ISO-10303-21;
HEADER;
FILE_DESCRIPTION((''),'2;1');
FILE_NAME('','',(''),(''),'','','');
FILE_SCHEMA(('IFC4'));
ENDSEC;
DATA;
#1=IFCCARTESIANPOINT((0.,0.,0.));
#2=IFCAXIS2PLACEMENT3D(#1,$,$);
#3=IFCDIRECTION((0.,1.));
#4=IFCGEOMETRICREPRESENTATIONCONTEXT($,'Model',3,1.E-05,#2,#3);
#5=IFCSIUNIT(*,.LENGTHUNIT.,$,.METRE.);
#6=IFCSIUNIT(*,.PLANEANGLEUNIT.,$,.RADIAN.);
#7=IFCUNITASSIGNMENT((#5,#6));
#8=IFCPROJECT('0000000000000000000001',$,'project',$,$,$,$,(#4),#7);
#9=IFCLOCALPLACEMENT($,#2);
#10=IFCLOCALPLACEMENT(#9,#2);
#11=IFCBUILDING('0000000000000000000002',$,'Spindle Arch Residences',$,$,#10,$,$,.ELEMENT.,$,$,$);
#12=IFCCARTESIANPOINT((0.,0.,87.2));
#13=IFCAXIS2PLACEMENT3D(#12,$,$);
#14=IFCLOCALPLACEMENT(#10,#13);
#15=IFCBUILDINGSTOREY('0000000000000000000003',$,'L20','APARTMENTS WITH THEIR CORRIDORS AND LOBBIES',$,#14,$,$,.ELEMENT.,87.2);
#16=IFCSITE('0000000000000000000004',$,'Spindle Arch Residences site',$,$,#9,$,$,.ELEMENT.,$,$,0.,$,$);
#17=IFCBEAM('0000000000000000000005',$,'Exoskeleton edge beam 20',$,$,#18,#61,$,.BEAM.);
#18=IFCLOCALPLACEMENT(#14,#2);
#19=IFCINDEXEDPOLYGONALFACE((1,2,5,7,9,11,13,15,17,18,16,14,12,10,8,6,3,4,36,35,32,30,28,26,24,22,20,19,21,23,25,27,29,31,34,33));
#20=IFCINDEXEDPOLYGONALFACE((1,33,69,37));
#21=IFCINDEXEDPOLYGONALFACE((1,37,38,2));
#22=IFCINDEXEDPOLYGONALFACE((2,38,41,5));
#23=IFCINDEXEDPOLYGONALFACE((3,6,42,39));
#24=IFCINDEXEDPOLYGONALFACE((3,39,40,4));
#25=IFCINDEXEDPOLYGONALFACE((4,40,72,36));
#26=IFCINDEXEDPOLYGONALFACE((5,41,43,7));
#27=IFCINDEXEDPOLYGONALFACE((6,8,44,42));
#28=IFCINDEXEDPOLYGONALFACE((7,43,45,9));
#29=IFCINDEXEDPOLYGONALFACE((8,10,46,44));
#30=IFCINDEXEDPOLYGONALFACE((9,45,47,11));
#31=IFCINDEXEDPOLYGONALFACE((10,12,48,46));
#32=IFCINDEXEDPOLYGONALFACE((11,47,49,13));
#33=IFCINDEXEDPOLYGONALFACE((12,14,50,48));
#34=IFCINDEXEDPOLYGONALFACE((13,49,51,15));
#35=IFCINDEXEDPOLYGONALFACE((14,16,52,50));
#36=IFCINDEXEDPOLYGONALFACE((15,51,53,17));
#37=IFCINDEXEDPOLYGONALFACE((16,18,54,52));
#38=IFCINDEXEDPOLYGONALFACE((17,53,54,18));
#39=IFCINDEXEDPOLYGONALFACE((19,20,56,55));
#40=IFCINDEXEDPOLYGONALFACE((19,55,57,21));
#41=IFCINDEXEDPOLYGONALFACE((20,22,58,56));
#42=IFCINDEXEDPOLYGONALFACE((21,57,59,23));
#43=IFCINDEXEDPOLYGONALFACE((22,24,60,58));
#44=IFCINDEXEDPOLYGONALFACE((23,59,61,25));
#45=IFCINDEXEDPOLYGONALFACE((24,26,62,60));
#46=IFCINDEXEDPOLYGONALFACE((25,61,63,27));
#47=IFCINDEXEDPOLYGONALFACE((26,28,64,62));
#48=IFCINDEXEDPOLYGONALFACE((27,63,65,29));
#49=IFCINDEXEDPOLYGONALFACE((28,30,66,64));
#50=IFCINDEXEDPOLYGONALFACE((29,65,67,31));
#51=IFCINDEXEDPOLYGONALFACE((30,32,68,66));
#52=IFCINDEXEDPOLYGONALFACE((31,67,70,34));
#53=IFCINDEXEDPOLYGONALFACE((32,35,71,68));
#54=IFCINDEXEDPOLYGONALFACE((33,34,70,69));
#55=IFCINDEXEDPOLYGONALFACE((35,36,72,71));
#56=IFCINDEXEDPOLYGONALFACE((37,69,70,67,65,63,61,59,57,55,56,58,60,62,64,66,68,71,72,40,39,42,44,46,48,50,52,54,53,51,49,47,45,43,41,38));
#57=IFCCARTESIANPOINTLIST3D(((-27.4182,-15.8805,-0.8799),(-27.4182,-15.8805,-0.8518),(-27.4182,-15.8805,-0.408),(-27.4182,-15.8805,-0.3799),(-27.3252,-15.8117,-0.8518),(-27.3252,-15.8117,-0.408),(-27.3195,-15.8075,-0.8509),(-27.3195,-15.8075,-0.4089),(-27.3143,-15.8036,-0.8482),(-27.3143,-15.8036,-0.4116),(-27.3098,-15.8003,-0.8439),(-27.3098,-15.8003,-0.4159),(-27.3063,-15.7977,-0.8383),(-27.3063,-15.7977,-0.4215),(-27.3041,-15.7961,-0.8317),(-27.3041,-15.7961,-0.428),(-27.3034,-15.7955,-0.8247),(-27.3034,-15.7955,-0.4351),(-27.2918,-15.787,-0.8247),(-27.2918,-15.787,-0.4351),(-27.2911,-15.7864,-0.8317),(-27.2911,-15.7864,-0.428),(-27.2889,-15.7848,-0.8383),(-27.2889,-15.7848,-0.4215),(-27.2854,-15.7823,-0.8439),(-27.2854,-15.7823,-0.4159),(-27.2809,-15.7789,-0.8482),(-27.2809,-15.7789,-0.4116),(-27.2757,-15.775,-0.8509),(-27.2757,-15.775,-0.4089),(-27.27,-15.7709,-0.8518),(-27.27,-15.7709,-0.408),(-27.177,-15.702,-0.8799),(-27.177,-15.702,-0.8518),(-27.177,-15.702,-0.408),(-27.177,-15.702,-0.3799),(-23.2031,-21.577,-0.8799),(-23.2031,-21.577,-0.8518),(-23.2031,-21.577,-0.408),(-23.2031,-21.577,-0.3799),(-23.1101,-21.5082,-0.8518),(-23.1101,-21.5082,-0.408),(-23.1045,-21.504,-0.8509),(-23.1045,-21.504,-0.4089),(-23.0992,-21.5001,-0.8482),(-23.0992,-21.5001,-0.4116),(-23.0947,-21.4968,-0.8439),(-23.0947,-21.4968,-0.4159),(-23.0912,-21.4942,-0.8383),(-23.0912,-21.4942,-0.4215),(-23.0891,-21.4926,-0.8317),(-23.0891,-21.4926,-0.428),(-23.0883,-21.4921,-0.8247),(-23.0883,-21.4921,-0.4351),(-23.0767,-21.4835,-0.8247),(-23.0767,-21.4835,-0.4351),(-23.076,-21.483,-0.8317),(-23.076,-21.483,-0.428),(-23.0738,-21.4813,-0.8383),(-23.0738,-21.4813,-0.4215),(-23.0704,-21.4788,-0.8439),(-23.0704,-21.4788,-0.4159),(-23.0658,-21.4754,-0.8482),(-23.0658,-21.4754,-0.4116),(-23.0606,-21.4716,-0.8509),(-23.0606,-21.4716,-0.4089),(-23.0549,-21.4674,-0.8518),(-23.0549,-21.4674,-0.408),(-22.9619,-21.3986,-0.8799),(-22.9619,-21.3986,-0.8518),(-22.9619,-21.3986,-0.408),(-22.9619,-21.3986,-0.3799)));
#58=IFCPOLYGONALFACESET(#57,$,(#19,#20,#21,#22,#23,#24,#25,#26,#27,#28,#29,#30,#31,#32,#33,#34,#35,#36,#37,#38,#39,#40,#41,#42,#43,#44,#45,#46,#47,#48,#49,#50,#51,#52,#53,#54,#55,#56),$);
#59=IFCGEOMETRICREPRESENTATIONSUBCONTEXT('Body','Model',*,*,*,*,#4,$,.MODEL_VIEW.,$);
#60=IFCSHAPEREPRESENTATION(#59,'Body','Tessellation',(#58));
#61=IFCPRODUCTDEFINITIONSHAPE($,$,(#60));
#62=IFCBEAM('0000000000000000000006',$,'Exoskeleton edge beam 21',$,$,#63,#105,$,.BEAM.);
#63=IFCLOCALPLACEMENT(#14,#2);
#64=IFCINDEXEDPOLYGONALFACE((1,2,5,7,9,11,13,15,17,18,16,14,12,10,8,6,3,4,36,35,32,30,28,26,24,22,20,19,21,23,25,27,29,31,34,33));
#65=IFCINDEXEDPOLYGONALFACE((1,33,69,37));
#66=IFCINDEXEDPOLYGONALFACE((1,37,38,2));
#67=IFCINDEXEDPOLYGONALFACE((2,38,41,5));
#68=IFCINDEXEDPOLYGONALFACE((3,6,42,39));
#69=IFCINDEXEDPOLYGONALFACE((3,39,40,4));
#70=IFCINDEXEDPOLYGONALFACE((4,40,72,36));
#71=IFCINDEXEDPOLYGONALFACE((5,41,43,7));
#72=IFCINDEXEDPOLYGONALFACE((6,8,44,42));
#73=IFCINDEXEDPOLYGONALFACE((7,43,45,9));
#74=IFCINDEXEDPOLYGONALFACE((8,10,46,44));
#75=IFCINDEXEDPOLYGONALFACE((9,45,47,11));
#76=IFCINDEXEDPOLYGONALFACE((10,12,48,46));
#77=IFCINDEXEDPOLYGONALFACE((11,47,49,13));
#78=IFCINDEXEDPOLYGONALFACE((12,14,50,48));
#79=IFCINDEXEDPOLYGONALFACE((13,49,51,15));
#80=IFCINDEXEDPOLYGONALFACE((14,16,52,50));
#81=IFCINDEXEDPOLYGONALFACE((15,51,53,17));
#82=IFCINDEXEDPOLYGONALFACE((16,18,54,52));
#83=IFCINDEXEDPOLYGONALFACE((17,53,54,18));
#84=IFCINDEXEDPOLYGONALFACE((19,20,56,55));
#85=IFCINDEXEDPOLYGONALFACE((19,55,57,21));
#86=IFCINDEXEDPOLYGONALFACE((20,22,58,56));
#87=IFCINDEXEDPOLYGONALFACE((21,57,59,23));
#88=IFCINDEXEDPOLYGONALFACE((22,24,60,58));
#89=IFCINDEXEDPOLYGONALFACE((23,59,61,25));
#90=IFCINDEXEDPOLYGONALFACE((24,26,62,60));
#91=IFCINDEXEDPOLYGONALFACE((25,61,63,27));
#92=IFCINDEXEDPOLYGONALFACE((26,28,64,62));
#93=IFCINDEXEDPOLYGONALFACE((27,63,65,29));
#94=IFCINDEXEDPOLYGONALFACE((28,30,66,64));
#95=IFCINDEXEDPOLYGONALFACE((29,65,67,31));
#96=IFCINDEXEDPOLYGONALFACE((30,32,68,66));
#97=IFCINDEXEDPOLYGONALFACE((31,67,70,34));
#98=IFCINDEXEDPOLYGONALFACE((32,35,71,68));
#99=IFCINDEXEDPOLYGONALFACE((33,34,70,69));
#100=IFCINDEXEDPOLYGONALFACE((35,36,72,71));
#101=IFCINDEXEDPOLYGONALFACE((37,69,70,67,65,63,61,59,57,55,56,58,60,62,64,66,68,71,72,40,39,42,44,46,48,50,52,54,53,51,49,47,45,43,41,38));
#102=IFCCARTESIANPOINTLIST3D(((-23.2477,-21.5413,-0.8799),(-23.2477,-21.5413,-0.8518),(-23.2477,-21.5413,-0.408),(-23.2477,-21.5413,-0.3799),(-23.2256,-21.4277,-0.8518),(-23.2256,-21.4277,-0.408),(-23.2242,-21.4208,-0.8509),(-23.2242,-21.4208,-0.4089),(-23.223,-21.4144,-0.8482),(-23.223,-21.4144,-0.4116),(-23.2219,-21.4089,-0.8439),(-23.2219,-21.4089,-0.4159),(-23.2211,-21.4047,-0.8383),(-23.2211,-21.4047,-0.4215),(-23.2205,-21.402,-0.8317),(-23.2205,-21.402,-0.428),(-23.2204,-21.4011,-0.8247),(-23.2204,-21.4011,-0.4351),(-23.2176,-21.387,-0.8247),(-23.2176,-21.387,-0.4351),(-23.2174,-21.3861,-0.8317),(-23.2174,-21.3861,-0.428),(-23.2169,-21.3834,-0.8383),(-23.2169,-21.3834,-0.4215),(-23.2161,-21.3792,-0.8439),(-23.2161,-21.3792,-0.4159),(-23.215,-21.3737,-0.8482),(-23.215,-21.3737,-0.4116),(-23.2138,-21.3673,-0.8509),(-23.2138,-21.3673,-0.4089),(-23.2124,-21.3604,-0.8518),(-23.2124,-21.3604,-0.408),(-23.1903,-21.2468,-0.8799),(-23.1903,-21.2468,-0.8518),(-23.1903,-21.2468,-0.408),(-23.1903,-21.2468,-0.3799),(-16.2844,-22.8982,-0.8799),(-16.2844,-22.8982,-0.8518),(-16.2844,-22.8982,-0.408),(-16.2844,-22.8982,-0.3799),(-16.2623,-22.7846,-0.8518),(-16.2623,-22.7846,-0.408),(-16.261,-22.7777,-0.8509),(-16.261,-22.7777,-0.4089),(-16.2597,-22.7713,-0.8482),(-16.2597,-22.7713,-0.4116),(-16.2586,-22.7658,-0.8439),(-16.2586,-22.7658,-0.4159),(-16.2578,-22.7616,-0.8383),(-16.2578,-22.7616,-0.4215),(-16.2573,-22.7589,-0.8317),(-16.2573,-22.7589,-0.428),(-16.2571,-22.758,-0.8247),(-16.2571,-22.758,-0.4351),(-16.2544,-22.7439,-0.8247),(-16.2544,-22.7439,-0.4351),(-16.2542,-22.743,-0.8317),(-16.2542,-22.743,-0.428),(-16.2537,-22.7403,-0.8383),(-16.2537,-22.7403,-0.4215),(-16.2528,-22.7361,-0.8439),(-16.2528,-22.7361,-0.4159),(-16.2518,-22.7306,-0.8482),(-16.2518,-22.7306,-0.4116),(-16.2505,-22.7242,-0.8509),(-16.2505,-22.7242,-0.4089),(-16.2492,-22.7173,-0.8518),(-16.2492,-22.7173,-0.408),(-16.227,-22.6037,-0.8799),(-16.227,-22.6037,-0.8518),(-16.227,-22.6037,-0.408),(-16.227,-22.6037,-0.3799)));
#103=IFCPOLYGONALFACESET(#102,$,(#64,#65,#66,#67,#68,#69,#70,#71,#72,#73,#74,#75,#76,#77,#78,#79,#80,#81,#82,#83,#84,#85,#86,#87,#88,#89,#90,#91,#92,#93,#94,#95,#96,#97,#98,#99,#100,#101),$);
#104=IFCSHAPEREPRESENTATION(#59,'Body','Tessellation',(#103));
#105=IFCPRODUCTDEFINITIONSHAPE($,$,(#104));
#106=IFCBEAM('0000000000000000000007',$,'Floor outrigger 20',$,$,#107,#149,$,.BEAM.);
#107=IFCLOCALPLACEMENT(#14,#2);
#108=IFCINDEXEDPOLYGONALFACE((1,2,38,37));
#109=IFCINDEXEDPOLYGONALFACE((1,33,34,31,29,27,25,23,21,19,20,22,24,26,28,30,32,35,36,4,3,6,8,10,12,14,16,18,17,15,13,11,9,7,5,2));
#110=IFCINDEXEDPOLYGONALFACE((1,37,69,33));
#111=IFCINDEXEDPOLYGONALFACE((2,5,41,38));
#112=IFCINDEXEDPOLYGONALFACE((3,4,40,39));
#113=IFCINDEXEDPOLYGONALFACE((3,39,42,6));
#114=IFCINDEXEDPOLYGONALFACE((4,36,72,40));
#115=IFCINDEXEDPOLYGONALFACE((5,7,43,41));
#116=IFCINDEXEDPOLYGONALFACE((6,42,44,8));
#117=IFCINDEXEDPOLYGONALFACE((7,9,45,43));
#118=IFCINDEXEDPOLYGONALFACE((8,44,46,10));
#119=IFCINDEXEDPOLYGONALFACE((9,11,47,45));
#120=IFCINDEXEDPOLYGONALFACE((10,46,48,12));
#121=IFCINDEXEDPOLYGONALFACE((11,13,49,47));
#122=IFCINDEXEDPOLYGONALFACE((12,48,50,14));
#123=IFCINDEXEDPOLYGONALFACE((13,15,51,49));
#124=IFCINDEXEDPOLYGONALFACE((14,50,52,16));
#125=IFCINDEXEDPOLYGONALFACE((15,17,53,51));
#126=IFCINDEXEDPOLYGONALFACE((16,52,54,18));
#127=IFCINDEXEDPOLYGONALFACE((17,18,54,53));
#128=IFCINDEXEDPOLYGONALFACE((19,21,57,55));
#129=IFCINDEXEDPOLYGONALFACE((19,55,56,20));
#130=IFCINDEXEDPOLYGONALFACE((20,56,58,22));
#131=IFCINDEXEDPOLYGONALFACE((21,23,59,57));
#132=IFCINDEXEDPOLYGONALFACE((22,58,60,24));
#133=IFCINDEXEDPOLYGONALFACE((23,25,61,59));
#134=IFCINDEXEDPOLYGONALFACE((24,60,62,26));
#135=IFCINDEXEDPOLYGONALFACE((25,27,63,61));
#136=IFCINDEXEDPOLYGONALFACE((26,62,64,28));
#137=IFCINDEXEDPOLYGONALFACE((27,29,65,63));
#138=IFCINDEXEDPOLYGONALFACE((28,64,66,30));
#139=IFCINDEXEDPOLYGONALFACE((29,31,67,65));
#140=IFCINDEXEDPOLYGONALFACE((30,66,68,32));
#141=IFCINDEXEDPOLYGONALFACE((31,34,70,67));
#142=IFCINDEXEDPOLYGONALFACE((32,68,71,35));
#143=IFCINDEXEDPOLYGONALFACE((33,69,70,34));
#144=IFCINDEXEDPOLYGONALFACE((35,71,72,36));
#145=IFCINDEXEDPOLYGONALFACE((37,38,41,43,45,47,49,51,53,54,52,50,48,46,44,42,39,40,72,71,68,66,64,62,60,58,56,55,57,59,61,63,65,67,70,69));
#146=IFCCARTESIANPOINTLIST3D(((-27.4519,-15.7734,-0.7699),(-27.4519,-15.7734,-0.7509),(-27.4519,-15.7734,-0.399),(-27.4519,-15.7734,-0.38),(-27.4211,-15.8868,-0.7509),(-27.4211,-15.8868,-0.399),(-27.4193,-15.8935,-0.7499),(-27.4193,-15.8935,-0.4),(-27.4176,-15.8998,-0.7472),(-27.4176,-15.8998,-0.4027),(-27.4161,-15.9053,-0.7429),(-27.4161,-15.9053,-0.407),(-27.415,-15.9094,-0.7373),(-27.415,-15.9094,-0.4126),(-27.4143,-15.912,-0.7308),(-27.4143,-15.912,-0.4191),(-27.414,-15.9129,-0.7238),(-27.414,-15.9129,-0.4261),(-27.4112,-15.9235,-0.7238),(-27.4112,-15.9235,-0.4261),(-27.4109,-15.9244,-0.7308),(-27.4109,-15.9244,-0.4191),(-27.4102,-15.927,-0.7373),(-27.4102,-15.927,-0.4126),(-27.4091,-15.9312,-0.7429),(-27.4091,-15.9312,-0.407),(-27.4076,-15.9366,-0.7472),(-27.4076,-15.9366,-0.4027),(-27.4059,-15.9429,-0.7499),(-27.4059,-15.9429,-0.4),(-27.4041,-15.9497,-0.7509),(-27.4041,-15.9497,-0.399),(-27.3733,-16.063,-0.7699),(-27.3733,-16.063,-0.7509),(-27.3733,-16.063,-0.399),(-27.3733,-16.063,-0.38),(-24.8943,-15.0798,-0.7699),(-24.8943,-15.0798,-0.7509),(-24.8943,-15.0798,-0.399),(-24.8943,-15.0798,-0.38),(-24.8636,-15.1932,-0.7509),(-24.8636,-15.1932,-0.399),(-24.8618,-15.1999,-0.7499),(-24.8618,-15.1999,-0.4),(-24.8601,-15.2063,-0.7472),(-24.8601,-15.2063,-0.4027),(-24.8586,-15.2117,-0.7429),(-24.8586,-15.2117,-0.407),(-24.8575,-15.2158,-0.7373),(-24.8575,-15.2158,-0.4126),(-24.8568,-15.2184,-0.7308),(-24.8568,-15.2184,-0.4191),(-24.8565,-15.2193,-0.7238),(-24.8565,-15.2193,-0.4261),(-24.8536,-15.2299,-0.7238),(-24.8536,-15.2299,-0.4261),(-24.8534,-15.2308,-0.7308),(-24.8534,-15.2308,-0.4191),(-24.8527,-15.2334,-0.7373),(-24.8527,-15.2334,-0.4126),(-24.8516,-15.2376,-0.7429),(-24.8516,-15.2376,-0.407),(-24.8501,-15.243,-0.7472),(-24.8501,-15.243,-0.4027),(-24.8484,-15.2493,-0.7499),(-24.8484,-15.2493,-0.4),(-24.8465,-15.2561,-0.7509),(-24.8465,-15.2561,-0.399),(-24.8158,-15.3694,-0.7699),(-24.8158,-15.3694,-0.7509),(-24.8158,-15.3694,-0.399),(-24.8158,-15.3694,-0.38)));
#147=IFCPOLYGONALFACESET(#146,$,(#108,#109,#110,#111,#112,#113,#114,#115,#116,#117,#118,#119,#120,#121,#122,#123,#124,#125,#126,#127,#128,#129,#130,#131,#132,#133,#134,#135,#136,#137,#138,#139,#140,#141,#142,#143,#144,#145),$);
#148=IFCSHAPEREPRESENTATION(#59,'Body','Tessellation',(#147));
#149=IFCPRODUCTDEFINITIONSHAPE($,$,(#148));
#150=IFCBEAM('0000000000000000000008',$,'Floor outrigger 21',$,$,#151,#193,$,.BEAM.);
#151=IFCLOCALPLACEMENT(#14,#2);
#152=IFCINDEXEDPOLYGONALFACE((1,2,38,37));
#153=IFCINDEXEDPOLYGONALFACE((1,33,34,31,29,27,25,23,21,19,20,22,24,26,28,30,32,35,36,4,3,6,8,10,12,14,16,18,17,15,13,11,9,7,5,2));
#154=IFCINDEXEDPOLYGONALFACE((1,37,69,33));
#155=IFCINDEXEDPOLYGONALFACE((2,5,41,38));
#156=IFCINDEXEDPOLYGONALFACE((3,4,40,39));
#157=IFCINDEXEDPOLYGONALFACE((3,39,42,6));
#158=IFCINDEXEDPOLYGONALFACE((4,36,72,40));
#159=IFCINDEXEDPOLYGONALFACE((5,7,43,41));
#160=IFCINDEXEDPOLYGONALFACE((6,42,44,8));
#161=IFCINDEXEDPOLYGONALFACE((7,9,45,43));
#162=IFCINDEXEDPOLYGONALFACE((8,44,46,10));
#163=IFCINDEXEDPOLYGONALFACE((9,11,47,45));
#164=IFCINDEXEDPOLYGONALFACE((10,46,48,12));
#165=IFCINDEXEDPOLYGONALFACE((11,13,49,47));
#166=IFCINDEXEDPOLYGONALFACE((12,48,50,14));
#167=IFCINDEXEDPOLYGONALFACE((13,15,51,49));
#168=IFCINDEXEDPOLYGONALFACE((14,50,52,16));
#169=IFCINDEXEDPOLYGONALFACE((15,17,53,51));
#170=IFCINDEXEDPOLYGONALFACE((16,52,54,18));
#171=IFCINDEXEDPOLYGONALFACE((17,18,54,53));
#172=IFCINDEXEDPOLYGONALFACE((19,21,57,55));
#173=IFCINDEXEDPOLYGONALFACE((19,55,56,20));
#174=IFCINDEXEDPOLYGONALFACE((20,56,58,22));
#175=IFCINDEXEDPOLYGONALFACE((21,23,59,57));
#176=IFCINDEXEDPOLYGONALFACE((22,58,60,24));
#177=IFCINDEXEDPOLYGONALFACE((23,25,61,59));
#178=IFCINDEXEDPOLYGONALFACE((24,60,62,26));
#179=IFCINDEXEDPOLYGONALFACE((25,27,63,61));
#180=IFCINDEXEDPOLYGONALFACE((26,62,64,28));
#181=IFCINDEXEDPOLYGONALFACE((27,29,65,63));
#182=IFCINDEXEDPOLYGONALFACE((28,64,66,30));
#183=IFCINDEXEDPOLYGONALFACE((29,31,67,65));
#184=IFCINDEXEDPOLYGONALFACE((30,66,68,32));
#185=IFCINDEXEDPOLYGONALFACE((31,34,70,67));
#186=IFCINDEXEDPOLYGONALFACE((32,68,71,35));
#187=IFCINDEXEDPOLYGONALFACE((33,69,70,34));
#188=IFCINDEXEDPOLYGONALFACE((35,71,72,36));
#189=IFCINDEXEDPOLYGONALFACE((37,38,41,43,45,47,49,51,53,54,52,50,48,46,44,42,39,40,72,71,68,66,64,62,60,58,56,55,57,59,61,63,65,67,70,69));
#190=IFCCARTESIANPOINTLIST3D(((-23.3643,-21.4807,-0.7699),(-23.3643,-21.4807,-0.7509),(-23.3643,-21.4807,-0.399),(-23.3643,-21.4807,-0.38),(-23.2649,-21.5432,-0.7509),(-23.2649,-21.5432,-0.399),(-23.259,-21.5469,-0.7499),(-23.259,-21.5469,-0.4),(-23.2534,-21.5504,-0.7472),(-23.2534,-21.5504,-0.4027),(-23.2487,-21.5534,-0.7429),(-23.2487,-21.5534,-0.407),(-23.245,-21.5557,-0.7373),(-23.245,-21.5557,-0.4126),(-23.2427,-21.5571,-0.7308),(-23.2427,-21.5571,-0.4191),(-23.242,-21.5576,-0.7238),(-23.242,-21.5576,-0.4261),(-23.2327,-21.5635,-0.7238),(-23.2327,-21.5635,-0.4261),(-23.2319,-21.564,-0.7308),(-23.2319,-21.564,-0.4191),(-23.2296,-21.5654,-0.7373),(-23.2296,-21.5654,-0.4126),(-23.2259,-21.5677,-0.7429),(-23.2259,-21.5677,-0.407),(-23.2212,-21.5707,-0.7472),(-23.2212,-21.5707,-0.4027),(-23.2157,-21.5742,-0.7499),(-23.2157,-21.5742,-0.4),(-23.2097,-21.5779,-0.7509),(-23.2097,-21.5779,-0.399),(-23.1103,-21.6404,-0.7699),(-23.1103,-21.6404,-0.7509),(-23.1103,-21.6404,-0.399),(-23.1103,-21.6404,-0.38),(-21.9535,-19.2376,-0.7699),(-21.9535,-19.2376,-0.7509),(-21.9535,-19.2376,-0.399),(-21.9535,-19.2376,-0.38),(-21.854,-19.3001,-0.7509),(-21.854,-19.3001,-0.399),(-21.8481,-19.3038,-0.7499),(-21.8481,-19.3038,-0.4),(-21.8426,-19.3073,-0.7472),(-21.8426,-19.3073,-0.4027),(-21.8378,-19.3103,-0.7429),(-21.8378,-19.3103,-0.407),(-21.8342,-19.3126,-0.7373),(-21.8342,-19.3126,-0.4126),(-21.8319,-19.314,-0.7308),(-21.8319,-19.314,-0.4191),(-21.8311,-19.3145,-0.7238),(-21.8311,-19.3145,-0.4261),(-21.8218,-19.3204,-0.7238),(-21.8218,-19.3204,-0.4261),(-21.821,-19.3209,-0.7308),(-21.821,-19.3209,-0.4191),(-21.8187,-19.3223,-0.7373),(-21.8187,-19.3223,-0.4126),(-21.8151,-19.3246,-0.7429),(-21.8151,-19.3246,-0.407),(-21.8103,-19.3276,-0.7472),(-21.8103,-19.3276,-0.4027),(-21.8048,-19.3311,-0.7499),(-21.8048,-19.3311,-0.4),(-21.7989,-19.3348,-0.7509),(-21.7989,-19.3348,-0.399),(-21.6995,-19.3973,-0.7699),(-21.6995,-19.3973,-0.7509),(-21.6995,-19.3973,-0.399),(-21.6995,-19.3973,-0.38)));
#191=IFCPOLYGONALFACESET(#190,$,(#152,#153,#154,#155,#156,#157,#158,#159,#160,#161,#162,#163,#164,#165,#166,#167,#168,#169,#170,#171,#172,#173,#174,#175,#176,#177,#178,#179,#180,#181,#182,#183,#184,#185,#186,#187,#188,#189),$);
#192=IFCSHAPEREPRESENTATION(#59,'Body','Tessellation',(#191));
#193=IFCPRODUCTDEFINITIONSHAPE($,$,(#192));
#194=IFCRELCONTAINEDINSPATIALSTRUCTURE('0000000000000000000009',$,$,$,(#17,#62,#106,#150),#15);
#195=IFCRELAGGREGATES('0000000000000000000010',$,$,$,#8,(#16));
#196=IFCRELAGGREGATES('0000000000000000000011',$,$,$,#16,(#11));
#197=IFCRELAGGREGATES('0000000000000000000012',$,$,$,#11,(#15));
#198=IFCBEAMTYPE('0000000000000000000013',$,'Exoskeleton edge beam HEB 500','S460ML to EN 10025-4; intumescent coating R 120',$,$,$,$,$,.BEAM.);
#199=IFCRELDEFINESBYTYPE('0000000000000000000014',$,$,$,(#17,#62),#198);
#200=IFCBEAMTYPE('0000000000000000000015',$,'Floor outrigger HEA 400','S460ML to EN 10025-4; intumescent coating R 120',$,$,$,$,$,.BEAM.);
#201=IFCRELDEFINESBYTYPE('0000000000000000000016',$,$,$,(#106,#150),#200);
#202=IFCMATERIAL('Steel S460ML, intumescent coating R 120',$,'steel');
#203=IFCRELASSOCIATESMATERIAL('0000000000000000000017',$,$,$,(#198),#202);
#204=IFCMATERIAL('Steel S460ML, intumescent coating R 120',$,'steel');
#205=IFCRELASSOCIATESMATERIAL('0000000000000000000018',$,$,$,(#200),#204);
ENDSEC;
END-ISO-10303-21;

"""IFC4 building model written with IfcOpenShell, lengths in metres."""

from ifc_helpers import new_model, si_unit, direction, frame, origin, origin_2d, place, context, subcontext, project, spatial, i_section, extrude, material, material_profile, profile_set, type_object, element, save


model = new_model("IFC4")

# Units and contexts
model_context = context("Model", 3, precision=1e-05, world=origin(), true_north=direction((0.0, 1.0)))
body_context = subcontext(model_context, "Body", "Model", "MODEL_VIEW")
ifc_project = project(units=[si_unit("LENGTHUNIT", "METRE"), si_unit("PLANEANGLEUNIT", "RADIAN")], contexts=[model_context])

# Site, building, storey
site_placement = place(None, origin())
site = spatial("IfcSite", under=ifc_project, at=site_placement, Name="Spindle Arch Residences site", CompositionType="ELEMENT", RefElevation=0.0)
building_placement = place(site_placement, origin())
building = spatial("IfcBuilding", under=site, at=building_placement, Name="Spindle Arch Residences", CompositionType="ELEMENT")
storey_placement = place(building_placement, frame((0.0, 0.0, 87.2)))
storey = spatial("IfcBuildingStorey", under=building, at=storey_placement, Name="L20", Description="APARTMENTS WITH THEIR CORRIDORS AND LOBBIES", CompositionType="ELEMENT", Elevation=87.2)

# Beams
ifc_material_1 = material(Name="Steel S460ML, intumescent coating R 120", Category="steel")
ifc_material_profile_1 = material_profile(ifc_material_1, i_section(OverallWidth=0.3, OverallDepth=0.5, WebThickness=0.0144, FlangeThickness=0.0281, FilletRadius=0.0271, at=origin_2d()), Name="HEB 500")
ifc_profile_set_1 = profile_set([ifc_material_profile_1], Name="Steel S460ML, intumescent coating R 120")
beam_type_1 = type_object("IfcBeamType", Name="Exoskeleton edge beam HEB 500", Description="S460ML to EN 10025-4; intumescent coating R 120", PredefinedType="BEAM", material=ifc_profile_set_1)
beam_1_placement = place(storey_placement, frame((-27.2976, -15.7913, -0.6299), z_axis=(0.594811, -0.803865, 0.0), x_axis=(0.803865, 0.594811, 0.0)))
element("IfcBeam", 1, at=beam_1_placement, inside=storey, type_object=beam_type_1, Name="Exoskeleton edge beam 20", PredefinedType="BEAM", context=body_context, shape_type="SweptSolid", body=[
    extrude(i_section(OverallWidth=0.3, OverallDepth=0.5, WebThickness=0.0144, FlangeThickness=0.0281, FilletRadius=0.0271, at=origin_2d()), origin(), (0.0, 0.0, 1.0), 7.0864),
])
beam_2_placement = place(storey_placement, frame((-23.219, -21.394, -0.6299), z_axis=(0.981538, -0.191269, 0.0), x_axis=(0.191269, 0.981538, 0.0)))
element("IfcBeam", 2, at=beam_2_placement, inside=storey, type_object=beam_type_1, Name="Exoskeleton edge beam 21", PredefinedType="BEAM", context=body_context, shape_type="SweptSolid", body=[
    extrude(i_section(OverallWidth=0.3, OverallDepth=0.5, WebThickness=0.0144, FlangeThickness=0.0281, FilletRadius=0.0271, at=origin_2d()), origin(), (0.0, 0.0, 1.0), 7.0942),
])
ifc_material_2 = material(Name="Steel S460ML, intumescent coating R 120", Category="steel")
ifc_material_profile_2 = material_profile(ifc_material_2, i_section(OverallWidth=0.3, OverallDepth=0.3899, WebThickness=0.011, FlangeThickness=0.019, FilletRadius=0.0271, at=origin_2d()), Name="HEA 400")
ifc_profile_set_2 = profile_set([ifc_material_profile_2], Name="Steel S460ML, intumescent coating R 120")
beam_type_2 = type_object("IfcBeamType", Name="Floor outrigger HEA 400", Description="S460ML to EN 10025-4; intumescent coating R 120", PredefinedType="BEAM", material=ifc_profile_set_2)
for number, where, z_axis, x_axis, name in (
    (3, (-27.4126, -15.9182, -0.575), (0.965139, 0.261737, 0.0), (-0.261737, 0.965139, 0.0), "Floor outrigger 20"),
    (4, (-23.2373, -21.5605, -0.575), (0.532415, 0.846484, 0.0), (-0.846484, 0.532415, 0.0), "Floor outrigger 21"),
):
    element("IfcBeam", number, at=place(storey_placement, frame(where, z_axis=z_axis, x_axis=x_axis)), inside=storey, type_object=beam_type_2, Name=name, PredefinedType="BEAM", context=body_context, shape_type="SweptSolid", body=[
        extrude(i_section(OverallWidth=0.3, OverallDepth=0.3899, WebThickness=0.011, FlangeThickness=0.019, FilletRadius=0.0271, at=origin_2d()), origin(), (0.0, 0.0, 1.0), 2.6499),
    ])

save(model, "model.ifc")
